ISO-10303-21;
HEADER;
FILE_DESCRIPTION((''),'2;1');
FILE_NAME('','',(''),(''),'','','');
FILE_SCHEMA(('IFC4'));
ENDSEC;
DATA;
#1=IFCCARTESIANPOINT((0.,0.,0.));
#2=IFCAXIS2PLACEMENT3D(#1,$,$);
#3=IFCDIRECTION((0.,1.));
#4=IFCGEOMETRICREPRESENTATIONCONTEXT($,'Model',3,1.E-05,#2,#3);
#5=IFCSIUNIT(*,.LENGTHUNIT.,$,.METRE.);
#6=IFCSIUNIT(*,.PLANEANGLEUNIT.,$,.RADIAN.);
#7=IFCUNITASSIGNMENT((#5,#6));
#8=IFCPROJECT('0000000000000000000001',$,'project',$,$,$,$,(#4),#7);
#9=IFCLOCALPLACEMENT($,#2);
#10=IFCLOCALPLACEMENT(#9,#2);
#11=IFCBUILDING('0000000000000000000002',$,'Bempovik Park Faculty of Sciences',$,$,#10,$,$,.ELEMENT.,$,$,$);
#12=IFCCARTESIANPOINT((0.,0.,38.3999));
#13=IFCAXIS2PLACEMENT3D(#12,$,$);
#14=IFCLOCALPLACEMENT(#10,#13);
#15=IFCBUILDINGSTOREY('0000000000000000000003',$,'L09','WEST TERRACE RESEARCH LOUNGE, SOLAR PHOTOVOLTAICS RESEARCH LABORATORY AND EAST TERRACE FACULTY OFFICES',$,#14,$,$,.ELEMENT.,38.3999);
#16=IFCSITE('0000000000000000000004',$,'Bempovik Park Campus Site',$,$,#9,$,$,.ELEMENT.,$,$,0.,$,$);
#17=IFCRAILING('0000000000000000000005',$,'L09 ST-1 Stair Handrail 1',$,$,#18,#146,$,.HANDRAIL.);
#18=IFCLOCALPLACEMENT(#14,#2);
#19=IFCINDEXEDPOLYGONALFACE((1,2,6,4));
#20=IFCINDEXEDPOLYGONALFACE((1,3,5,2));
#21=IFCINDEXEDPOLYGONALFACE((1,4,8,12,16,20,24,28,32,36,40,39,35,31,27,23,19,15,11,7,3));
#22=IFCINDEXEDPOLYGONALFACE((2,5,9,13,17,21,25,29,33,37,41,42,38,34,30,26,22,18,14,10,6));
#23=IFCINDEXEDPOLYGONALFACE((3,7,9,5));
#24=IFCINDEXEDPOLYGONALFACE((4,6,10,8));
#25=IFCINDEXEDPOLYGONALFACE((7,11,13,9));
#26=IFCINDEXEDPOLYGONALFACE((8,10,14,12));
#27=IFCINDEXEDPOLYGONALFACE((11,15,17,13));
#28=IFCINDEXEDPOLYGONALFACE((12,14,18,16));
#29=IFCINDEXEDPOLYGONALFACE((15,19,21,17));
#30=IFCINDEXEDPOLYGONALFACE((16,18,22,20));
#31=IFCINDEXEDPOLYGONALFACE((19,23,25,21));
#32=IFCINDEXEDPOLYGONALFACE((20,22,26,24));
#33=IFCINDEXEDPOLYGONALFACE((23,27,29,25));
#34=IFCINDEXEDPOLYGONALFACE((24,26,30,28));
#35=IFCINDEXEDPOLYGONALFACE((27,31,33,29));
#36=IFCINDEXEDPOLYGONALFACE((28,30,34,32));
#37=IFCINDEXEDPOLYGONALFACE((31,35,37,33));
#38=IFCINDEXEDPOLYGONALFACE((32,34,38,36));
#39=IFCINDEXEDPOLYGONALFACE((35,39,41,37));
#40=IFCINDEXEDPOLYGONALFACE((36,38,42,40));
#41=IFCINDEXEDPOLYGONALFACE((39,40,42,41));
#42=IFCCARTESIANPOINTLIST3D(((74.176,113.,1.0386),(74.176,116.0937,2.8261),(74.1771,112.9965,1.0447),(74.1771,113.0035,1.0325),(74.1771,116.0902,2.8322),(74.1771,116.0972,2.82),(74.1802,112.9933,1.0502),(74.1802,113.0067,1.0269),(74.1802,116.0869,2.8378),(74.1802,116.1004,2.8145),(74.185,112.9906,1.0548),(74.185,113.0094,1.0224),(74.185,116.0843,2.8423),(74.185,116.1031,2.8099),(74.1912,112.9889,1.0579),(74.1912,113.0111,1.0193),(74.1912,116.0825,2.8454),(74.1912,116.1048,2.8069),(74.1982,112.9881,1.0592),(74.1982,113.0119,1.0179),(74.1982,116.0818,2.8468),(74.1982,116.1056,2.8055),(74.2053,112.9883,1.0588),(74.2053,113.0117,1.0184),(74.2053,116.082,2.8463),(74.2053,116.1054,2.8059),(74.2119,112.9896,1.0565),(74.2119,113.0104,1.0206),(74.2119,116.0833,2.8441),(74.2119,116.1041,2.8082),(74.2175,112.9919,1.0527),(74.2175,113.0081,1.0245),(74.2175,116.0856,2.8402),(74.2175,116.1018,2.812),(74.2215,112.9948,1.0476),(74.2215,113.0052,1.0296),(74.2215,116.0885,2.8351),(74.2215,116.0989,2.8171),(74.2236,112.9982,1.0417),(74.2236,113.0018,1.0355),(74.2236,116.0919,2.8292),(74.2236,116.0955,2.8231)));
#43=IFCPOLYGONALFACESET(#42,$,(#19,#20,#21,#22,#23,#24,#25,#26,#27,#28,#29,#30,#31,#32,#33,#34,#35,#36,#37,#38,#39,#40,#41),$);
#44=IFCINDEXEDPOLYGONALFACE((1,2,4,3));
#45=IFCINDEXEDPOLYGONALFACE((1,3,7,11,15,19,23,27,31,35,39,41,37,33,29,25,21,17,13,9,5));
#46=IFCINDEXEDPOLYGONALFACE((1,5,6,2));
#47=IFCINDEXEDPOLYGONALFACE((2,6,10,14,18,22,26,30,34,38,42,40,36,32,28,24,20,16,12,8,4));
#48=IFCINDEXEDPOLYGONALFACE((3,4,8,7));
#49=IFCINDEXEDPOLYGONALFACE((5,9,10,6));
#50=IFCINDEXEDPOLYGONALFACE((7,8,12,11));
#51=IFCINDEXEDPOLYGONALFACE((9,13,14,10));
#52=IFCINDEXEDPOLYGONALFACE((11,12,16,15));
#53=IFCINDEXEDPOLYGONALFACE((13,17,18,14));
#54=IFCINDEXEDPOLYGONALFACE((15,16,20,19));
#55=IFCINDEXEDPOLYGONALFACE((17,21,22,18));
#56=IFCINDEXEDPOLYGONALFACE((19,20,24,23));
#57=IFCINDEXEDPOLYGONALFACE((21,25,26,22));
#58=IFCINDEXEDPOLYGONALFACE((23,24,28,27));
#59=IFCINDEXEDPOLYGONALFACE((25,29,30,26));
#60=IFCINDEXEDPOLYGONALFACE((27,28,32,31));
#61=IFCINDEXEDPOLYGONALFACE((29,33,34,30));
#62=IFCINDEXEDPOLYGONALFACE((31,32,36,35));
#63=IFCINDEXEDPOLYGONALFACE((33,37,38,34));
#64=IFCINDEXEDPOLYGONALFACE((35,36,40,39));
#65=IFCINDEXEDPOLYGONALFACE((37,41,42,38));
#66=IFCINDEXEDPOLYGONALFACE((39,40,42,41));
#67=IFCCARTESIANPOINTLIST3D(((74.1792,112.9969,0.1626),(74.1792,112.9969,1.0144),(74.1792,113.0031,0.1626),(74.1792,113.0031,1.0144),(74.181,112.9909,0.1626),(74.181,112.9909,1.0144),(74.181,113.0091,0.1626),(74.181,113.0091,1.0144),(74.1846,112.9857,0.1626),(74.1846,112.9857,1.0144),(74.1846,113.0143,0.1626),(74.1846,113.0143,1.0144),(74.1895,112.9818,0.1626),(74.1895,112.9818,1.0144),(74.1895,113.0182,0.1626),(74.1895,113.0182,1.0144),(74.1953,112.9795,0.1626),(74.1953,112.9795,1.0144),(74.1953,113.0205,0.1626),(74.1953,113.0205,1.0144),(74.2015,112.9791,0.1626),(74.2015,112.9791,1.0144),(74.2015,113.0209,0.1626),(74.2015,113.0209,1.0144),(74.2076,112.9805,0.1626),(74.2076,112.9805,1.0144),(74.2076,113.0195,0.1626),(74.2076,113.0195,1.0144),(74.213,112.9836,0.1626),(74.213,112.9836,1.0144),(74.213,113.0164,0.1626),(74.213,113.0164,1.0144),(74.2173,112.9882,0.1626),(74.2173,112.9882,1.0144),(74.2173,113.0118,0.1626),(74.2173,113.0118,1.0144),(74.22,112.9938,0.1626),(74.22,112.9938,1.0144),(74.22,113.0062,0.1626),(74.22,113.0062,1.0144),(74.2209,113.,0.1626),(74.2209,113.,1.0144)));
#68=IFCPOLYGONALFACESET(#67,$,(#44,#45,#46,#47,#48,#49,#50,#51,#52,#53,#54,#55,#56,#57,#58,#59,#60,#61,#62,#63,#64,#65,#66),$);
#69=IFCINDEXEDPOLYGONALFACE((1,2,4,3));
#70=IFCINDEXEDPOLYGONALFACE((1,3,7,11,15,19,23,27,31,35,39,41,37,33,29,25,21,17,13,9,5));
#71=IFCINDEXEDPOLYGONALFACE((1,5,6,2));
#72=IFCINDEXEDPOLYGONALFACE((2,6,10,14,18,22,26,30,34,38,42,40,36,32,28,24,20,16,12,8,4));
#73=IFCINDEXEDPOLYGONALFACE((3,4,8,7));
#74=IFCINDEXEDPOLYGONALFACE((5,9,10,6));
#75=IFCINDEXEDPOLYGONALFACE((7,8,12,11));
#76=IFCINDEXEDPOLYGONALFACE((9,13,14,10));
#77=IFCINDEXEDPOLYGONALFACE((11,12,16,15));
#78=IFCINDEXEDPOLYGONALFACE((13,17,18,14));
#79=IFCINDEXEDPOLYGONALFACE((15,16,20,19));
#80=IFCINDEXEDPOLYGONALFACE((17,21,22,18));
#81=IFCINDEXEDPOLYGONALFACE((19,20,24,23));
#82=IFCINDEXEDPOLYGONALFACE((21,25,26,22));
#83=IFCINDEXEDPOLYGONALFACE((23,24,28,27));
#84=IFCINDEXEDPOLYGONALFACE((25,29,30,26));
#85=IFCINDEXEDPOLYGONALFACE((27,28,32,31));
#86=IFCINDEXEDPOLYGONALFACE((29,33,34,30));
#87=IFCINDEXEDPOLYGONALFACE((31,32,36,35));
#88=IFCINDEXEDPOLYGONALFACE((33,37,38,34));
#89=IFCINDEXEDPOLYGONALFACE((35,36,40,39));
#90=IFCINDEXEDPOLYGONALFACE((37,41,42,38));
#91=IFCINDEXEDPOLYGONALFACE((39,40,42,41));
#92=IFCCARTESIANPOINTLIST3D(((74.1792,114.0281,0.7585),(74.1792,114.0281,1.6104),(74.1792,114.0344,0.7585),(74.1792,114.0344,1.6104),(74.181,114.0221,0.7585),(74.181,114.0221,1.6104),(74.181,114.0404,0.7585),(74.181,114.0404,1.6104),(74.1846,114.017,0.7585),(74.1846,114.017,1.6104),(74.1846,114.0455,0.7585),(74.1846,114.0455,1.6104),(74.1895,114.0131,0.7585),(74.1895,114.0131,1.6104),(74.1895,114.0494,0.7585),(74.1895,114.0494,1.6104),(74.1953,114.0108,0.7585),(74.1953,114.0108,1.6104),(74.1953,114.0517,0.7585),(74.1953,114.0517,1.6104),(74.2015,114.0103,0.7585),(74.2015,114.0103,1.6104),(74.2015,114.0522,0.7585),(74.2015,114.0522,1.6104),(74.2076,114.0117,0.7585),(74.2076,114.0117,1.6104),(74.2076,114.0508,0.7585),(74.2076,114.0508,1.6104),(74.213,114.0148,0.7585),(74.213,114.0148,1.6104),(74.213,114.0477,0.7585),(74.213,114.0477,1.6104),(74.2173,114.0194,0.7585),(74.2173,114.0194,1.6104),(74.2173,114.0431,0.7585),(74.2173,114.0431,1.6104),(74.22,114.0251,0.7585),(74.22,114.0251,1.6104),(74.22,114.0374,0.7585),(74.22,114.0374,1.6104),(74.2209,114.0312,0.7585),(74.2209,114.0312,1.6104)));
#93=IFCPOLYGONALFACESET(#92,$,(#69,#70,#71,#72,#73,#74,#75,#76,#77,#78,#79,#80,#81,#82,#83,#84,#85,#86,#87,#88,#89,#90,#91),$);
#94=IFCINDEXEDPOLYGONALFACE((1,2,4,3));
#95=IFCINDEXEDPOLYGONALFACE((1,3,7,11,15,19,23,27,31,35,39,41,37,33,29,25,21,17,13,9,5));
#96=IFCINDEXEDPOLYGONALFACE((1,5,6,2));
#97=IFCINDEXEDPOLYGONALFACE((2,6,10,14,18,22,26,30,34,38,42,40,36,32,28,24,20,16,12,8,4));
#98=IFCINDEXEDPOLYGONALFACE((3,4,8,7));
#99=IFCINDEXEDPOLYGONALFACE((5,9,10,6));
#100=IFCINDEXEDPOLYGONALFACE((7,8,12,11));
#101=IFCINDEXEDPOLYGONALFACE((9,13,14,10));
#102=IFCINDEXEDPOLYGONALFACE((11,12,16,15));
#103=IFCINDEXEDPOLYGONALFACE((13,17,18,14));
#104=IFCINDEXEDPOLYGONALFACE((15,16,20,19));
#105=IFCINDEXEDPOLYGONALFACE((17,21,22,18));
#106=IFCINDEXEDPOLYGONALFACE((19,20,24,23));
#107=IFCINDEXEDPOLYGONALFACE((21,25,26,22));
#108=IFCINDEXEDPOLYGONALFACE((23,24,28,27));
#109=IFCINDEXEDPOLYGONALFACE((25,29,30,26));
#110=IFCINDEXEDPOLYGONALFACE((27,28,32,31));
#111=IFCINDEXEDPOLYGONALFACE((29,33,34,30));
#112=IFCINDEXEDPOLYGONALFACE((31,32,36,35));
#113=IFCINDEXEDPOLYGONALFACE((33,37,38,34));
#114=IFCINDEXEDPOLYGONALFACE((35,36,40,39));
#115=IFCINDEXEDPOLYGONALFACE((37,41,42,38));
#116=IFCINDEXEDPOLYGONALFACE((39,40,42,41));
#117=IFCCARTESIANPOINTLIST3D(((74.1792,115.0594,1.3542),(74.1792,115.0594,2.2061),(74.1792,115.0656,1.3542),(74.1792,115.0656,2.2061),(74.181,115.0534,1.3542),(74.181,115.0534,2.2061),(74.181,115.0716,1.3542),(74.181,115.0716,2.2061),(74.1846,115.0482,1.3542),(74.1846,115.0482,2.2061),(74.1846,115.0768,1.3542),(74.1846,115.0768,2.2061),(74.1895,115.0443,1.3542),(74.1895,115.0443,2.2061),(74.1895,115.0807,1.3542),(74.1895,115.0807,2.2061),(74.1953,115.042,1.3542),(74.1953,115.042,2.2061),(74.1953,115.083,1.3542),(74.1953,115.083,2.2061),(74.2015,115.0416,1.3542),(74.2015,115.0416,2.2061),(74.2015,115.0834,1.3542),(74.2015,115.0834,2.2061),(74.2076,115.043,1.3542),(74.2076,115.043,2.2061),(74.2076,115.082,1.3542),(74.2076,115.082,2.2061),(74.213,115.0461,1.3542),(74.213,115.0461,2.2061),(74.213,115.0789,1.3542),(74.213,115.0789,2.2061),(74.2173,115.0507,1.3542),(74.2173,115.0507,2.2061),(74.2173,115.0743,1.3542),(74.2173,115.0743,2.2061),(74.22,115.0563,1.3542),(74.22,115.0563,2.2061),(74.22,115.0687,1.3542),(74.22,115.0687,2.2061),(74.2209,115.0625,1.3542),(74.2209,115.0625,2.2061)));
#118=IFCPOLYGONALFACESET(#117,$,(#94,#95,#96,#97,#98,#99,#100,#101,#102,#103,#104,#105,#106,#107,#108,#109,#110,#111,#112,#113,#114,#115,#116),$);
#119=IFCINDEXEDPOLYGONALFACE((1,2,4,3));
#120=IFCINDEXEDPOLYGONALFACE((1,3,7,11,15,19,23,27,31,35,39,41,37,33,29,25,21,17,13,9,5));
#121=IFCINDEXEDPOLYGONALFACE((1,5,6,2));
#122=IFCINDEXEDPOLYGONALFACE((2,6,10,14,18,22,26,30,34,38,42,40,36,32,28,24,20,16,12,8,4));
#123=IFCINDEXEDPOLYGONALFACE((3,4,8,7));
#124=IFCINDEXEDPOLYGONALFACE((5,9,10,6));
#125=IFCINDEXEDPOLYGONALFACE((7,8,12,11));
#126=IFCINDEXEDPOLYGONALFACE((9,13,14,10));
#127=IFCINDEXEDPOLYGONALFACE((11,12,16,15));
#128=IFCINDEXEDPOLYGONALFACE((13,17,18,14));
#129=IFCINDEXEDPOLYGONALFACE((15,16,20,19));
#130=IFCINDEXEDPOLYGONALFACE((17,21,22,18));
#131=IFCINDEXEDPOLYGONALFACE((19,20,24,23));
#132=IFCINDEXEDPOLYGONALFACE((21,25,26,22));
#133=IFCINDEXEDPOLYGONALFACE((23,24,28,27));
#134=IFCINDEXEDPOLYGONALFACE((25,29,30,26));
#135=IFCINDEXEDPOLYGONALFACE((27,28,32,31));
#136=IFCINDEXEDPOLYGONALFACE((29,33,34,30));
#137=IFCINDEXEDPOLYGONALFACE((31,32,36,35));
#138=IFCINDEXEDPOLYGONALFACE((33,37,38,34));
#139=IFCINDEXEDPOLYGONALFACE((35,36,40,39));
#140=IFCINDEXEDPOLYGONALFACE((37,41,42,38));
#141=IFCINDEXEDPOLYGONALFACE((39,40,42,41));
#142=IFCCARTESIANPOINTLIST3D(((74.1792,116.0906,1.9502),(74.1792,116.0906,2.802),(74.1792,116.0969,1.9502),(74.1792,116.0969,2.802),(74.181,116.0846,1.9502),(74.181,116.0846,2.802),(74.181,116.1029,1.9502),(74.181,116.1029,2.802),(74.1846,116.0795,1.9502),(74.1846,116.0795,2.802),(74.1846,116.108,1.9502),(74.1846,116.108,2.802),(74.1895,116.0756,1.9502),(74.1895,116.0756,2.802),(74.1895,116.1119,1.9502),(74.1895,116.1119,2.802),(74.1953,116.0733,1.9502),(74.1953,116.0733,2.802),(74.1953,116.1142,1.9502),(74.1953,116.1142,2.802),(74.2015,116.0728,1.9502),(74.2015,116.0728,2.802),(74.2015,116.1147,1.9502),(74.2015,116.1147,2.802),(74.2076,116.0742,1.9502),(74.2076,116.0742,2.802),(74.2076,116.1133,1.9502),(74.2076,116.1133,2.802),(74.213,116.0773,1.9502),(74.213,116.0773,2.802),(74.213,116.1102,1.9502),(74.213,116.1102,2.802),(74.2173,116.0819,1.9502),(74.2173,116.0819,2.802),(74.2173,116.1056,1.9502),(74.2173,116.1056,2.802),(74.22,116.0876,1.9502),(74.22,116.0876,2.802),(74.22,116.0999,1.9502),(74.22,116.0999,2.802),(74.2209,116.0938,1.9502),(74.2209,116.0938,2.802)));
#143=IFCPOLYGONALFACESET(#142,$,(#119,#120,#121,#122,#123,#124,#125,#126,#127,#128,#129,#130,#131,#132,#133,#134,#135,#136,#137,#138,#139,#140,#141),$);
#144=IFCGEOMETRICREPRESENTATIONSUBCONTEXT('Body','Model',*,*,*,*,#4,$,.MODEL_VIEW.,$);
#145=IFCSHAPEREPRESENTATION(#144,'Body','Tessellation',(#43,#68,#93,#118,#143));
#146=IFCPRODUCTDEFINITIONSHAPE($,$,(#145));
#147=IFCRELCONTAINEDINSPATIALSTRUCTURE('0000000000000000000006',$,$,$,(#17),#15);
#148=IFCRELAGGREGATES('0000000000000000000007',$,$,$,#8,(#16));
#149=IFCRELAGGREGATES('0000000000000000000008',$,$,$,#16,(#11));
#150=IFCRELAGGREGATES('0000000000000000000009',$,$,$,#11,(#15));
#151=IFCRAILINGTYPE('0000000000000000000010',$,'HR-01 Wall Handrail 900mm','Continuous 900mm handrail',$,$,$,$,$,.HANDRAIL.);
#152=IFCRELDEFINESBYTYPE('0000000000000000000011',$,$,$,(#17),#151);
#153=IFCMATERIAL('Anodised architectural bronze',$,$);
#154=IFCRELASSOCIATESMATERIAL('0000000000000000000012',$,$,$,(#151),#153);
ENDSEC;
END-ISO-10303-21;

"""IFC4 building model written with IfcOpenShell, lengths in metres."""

from ifc_helpers import new_model, si_unit, direction, frame, origin, origin_2d, place, context, subcontext, project, spatial, circle, extrude, material, type_object, element, save


model = new_model("IFC4")

# Units and contexts
model_context = context("Model", 3, precision=1e-05, world=origin(), true_north=direction((0.0, 1.0)))
body_context = subcontext(model_context, "Body", "Model", "MODEL_VIEW")
ifc_project = project(units=[si_unit("LENGTHUNIT", "METRE"), si_unit("PLANEANGLEUNIT", "RADIAN")], contexts=[model_context])

# Site, building, storey
site_placement = place(None, origin())
site = spatial("IfcSite", under=ifc_project, at=site_placement, Name="Bempovik Park Campus Site", CompositionType="ELEMENT", RefElevation=0.0)
building_placement = place(site_placement, origin())
building = spatial("IfcBuilding", under=site, at=building_placement, Name="Bempovik Park Faculty of Sciences", CompositionType="ELEMENT")
storey_placement = place(building_placement, frame((0.0, 0.0, 38.3999)))
storey = spatial("IfcBuildingStorey", under=building, at=storey_placement, Name="L09", Description="WEST TERRACE RESEARCH LOUNGE, SOLAR PHOTOVOLTAICS RESEARCH LABORATORY AND EAST TERRACE FACULTY OFFICES", CompositionType="ELEMENT", Elevation=38.3999)

# Railing
ifc_material_1 = material(Name="Anodised architectural bronze")
railing_type_1 = type_object("IfcRailingType", Name="HR-01 Wall Handrail 900mm", Description="Continuous 900mm handrail", PredefinedType="HANDRAIL", material=ifc_material_1)
railing_1_placement = place(storey_placement, frame((74.2, 113.0, 0.1626)))
element("IfcRailing", 1, at=railing_1_placement, inside=storey, type_object=railing_type_1, Name="L09 ST-1 Stair Handrail 1", PredefinedType="HANDRAIL", context=body_context, shape_type="SweptSolid", body=[
    extrude(circle(Radius=0.0239, at=origin_2d()), frame((0.0, 0.0, 0.876), z_axis=(0.0, 0.865853, 0.500298), x_axis=(-1.0, 0.0, 0.0)), (0.0, 0.0, 1.0), 3.573),
    extrude(circle(Radius=0.021, at=origin_2d()), origin(), (0.0, 0.0, 1.0), 0.8518),
    extrude(circle(Radius=0.021, at=origin_2d()), frame((0.0, 1.0312, 0.5959)), (0.0, 0.0, 1.0), 0.8518),
    extrude(circle(Radius=0.021, at=origin_2d()), frame((0.0, 2.0625, 1.1917)), (0.0, 0.0, 1.0), 0.8518),
    extrude(circle(Radius=0.021, at=origin_2d()), frame((0.0, 3.0938, 1.7876)), (0.0, 0.0, 1.0), 0.8518),
])

save(model, "model.ifc")
